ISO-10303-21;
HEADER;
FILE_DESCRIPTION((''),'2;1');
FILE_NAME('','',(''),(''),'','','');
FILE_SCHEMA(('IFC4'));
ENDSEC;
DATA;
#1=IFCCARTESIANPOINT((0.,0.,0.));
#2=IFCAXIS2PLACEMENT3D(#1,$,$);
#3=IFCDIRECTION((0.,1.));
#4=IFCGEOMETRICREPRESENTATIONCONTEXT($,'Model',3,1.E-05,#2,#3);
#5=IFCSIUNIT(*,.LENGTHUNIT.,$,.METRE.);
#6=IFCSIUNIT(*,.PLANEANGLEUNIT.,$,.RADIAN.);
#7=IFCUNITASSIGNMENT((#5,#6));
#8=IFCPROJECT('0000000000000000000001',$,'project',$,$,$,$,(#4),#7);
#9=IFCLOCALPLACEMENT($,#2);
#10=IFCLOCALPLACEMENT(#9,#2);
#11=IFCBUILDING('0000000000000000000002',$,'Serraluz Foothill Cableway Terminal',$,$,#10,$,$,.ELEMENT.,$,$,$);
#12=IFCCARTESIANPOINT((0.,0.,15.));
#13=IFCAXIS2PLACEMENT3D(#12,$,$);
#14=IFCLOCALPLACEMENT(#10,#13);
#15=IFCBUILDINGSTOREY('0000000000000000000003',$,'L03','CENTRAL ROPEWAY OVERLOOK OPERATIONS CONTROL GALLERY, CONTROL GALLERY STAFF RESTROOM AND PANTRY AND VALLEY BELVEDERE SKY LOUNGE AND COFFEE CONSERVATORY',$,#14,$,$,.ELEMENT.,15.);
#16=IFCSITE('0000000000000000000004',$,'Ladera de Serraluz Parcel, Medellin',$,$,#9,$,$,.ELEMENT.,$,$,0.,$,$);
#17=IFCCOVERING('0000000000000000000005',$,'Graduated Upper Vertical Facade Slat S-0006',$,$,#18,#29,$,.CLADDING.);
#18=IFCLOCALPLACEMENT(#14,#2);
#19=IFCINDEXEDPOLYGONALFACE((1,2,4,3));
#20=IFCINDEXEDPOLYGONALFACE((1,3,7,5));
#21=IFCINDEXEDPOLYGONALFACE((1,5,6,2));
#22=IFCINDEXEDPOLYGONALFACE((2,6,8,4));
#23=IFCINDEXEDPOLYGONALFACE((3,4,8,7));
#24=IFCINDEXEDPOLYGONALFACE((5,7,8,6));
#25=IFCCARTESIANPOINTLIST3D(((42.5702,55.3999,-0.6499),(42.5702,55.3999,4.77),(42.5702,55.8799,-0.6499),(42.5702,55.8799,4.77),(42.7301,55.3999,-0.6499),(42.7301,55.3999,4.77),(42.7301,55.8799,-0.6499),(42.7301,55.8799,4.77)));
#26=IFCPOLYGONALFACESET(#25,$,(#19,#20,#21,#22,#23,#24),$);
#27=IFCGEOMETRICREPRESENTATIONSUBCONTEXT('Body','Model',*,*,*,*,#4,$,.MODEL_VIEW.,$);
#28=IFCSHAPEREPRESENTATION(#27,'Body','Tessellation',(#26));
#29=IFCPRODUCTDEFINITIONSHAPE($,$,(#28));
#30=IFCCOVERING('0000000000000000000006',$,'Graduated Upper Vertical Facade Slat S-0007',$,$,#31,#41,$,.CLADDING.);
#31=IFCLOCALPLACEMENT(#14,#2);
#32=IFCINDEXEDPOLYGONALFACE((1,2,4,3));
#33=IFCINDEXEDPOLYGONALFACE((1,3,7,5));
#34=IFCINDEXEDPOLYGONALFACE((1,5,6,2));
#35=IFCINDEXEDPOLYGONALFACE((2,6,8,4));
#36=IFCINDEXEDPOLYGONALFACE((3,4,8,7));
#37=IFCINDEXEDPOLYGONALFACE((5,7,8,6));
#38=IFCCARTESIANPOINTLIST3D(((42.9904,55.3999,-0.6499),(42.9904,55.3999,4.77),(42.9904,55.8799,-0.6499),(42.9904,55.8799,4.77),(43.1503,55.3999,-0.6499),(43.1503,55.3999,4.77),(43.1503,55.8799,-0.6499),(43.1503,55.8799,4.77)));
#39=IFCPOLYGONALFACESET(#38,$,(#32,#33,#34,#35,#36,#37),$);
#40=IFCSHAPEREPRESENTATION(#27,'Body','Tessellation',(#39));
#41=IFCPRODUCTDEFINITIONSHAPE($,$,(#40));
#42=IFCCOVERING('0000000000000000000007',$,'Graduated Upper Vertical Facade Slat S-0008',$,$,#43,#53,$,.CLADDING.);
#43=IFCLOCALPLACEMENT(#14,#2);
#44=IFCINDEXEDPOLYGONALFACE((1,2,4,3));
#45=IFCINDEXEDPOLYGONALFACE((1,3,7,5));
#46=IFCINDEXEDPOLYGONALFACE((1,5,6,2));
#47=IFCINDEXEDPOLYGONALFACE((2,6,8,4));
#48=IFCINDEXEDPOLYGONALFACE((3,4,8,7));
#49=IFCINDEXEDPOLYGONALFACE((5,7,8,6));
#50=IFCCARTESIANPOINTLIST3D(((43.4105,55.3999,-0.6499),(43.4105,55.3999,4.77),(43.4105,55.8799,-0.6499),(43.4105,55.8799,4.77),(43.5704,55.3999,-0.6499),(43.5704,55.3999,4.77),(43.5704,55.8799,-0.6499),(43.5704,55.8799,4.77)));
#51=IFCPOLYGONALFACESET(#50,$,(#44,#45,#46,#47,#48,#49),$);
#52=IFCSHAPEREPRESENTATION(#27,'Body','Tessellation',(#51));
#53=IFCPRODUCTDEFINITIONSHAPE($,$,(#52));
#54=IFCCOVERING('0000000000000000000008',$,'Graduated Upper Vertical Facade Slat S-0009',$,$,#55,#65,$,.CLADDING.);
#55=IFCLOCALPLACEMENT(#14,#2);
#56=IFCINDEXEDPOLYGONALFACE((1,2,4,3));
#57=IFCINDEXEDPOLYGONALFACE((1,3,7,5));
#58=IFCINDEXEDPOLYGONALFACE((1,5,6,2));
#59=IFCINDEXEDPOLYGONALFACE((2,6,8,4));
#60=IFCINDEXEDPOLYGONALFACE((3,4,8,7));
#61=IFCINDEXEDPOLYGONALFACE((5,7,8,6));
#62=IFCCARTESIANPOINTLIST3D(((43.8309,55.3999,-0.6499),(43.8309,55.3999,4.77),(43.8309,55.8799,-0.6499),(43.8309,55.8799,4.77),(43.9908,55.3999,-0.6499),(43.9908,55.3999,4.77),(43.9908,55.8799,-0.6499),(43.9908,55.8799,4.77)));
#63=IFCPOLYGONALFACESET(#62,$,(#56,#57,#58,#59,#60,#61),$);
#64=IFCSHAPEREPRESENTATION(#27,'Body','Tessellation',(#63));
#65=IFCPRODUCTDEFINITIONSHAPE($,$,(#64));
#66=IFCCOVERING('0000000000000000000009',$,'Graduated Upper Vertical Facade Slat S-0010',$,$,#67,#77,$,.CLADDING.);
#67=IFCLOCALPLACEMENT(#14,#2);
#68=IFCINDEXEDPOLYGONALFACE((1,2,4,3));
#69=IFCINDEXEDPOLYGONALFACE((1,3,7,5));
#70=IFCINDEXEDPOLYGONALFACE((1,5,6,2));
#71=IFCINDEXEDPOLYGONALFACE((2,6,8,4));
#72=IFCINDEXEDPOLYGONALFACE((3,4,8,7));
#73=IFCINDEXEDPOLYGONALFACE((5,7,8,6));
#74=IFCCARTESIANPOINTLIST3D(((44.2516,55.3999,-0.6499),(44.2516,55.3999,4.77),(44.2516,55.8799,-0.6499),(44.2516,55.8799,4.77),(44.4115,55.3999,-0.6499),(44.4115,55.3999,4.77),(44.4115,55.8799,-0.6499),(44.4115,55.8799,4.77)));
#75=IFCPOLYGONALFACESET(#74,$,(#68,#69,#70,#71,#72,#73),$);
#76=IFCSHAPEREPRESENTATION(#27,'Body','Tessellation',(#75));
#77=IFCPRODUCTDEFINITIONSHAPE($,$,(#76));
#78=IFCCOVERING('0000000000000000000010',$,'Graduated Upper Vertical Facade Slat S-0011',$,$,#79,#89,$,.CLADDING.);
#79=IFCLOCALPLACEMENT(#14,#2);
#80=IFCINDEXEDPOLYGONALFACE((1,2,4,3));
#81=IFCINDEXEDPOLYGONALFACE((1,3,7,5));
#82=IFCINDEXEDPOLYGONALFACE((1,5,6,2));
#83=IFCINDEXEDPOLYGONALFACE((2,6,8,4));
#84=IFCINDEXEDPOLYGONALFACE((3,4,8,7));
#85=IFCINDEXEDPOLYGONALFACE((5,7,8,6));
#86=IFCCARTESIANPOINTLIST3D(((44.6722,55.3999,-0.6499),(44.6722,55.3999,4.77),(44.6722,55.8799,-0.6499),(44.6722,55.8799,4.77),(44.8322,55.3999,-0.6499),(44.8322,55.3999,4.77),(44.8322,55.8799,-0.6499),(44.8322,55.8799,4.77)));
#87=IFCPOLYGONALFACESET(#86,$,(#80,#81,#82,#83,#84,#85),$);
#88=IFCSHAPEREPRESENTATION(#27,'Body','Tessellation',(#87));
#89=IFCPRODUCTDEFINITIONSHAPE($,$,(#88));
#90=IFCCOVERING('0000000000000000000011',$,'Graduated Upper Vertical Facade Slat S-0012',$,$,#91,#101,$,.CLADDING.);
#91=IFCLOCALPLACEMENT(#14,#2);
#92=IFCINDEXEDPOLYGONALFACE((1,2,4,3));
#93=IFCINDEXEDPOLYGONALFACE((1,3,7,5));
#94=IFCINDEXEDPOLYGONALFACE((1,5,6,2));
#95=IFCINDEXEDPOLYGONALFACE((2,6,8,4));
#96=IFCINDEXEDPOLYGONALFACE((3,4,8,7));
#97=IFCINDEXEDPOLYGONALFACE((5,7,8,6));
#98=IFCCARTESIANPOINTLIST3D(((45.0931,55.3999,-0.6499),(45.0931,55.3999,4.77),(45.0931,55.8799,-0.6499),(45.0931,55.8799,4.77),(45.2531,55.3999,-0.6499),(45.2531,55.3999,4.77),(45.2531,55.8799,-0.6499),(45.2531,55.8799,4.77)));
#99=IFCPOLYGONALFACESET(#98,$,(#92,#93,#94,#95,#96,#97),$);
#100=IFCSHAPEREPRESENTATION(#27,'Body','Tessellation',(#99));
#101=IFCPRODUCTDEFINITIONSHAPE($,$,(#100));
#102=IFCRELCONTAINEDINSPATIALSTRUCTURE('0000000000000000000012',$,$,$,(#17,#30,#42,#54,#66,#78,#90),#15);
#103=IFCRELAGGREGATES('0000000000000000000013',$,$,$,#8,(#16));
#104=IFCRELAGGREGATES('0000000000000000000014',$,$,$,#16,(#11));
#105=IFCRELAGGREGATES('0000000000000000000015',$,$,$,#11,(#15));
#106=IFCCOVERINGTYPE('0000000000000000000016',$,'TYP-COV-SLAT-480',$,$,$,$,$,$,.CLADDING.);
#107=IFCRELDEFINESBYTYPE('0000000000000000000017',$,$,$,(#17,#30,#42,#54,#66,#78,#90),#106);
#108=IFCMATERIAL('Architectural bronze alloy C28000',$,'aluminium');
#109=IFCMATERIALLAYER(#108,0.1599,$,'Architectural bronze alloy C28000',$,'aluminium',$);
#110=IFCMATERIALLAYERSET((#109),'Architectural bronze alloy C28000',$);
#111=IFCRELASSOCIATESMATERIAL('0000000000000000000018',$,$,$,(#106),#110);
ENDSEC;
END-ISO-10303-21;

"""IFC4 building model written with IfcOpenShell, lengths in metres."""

from ifc_helpers import new_model, si_unit, direction, frame, origin, origin_2d, place, context, subcontext, project, spatial, rectangle, extrude, material, layer, layer_set, type_object, element, save


model = new_model("IFC4")

# Units and contexts
model_context = context("Model", 3, precision=1e-05, world=origin(), true_north=direction((0.0, 1.0)))
body_context = subcontext(model_context, "Body", "Model", "MODEL_VIEW")
ifc_project = project(units=[si_unit("LENGTHUNIT", "METRE"), si_unit("PLANEANGLEUNIT", "RADIAN")], contexts=[model_context])

# Site, building, storey
site_placement = place(None, origin())
site = spatial("IfcSite", under=ifc_project, at=site_placement, Name="Ladera de Serraluz Parcel, Medellin", CompositionType="ELEMENT", RefElevation=0.0)
building_placement = place(site_placement, origin())
building = spatial("IfcBuilding", under=site, at=building_placement, Name="Serraluz Foothill Cableway Terminal", CompositionType="ELEMENT")
storey_placement = place(building_placement, frame((0.0, 0.0, 15.0)))
storey = spatial("IfcBuildingStorey", under=building, at=storey_placement, Name="L03", Description="CENTRAL ROPEWAY OVERLOOK OPERATIONS CONTROL GALLERY, CONTROL GALLERY STAFF RESTROOM AND PANTRY AND VALLEY BELVEDERE SKY LOUNGE AND COFFEE CONSERVATORY", CompositionType="ELEMENT", Elevation=15.0)

# Shared definitions
ifc_material_1 = material(Name="Architectural bronze alloy C28000", Category="aluminium")

# Coverings
ifc_layer_1 = layer(ifc_material_1, 0.1599, Name="Architectural bronze alloy C28000", Category="aluminium")
ifc_layer_set_1 = layer_set([ifc_layer_1], Name="Architectural bronze alloy C28000")
covering_type = type_object("IfcCoveringType", Name="TYP-COV-SLAT-480", PredefinedType="CLADDING", material=ifc_layer_set_1)
for number, where, z_axis, x_axis, name in (
    (1, (42.6501, 55.6399, -0.6499), (0.0, 0.0, 1.0), (1.0, 0.0, 0.0), "Graduated Upper Vertical Facade Slat S-0006"),
    (2, (43.0703, 55.6399, -0.6499), (0.0, 0.0, 1.0), (1.0, 0.0, 0.0), "Graduated Upper Vertical Facade Slat S-0007"),
    (3, (43.4905, 55.6399, -0.6499), (0.0, 0.0, 1.0), (1.0, 0.0, 0.0), "Graduated Upper Vertical Facade Slat S-0008"),
    (4, (43.9109, 55.6399, -0.6499), (0.0, 0.0, 1.0), (1.0, 0.0, 0.0), "Graduated Upper Vertical Facade Slat S-0009"),
    (5, (44.3315, 55.6399, -0.6499), (0.0, 0.0, 1.0), (1.0, 0.0, 0.0), "Graduated Upper Vertical Facade Slat S-0010"),
    (6, (44.7522, 55.6399, -0.6499), (0.0, 0.0, 1.0), (1.0, 0.0, 0.0), "Graduated Upper Vertical Facade Slat S-0011"),
    (7, (45.1731, 55.6399, -0.6499), (0.0, 0.0, 1.0), (1.0, 0.0, 0.0), "Graduated Upper Vertical Facade Slat S-0012"),
):
    element("IfcCovering", number, at=place(storey_placement, frame(where, z_axis=z_axis, x_axis=x_axis)), inside=storey, type_object=covering_type, Name=name, PredefinedType="CLADDING", context=body_context, shape_type="SweptSolid", body=[
        extrude(rectangle(XDim=0.1599, YDim=0.48, at=origin_2d()), origin(), (0.0, 0.0, 1.0), 5.4199),
    ])

save(model, "model.ifc")
